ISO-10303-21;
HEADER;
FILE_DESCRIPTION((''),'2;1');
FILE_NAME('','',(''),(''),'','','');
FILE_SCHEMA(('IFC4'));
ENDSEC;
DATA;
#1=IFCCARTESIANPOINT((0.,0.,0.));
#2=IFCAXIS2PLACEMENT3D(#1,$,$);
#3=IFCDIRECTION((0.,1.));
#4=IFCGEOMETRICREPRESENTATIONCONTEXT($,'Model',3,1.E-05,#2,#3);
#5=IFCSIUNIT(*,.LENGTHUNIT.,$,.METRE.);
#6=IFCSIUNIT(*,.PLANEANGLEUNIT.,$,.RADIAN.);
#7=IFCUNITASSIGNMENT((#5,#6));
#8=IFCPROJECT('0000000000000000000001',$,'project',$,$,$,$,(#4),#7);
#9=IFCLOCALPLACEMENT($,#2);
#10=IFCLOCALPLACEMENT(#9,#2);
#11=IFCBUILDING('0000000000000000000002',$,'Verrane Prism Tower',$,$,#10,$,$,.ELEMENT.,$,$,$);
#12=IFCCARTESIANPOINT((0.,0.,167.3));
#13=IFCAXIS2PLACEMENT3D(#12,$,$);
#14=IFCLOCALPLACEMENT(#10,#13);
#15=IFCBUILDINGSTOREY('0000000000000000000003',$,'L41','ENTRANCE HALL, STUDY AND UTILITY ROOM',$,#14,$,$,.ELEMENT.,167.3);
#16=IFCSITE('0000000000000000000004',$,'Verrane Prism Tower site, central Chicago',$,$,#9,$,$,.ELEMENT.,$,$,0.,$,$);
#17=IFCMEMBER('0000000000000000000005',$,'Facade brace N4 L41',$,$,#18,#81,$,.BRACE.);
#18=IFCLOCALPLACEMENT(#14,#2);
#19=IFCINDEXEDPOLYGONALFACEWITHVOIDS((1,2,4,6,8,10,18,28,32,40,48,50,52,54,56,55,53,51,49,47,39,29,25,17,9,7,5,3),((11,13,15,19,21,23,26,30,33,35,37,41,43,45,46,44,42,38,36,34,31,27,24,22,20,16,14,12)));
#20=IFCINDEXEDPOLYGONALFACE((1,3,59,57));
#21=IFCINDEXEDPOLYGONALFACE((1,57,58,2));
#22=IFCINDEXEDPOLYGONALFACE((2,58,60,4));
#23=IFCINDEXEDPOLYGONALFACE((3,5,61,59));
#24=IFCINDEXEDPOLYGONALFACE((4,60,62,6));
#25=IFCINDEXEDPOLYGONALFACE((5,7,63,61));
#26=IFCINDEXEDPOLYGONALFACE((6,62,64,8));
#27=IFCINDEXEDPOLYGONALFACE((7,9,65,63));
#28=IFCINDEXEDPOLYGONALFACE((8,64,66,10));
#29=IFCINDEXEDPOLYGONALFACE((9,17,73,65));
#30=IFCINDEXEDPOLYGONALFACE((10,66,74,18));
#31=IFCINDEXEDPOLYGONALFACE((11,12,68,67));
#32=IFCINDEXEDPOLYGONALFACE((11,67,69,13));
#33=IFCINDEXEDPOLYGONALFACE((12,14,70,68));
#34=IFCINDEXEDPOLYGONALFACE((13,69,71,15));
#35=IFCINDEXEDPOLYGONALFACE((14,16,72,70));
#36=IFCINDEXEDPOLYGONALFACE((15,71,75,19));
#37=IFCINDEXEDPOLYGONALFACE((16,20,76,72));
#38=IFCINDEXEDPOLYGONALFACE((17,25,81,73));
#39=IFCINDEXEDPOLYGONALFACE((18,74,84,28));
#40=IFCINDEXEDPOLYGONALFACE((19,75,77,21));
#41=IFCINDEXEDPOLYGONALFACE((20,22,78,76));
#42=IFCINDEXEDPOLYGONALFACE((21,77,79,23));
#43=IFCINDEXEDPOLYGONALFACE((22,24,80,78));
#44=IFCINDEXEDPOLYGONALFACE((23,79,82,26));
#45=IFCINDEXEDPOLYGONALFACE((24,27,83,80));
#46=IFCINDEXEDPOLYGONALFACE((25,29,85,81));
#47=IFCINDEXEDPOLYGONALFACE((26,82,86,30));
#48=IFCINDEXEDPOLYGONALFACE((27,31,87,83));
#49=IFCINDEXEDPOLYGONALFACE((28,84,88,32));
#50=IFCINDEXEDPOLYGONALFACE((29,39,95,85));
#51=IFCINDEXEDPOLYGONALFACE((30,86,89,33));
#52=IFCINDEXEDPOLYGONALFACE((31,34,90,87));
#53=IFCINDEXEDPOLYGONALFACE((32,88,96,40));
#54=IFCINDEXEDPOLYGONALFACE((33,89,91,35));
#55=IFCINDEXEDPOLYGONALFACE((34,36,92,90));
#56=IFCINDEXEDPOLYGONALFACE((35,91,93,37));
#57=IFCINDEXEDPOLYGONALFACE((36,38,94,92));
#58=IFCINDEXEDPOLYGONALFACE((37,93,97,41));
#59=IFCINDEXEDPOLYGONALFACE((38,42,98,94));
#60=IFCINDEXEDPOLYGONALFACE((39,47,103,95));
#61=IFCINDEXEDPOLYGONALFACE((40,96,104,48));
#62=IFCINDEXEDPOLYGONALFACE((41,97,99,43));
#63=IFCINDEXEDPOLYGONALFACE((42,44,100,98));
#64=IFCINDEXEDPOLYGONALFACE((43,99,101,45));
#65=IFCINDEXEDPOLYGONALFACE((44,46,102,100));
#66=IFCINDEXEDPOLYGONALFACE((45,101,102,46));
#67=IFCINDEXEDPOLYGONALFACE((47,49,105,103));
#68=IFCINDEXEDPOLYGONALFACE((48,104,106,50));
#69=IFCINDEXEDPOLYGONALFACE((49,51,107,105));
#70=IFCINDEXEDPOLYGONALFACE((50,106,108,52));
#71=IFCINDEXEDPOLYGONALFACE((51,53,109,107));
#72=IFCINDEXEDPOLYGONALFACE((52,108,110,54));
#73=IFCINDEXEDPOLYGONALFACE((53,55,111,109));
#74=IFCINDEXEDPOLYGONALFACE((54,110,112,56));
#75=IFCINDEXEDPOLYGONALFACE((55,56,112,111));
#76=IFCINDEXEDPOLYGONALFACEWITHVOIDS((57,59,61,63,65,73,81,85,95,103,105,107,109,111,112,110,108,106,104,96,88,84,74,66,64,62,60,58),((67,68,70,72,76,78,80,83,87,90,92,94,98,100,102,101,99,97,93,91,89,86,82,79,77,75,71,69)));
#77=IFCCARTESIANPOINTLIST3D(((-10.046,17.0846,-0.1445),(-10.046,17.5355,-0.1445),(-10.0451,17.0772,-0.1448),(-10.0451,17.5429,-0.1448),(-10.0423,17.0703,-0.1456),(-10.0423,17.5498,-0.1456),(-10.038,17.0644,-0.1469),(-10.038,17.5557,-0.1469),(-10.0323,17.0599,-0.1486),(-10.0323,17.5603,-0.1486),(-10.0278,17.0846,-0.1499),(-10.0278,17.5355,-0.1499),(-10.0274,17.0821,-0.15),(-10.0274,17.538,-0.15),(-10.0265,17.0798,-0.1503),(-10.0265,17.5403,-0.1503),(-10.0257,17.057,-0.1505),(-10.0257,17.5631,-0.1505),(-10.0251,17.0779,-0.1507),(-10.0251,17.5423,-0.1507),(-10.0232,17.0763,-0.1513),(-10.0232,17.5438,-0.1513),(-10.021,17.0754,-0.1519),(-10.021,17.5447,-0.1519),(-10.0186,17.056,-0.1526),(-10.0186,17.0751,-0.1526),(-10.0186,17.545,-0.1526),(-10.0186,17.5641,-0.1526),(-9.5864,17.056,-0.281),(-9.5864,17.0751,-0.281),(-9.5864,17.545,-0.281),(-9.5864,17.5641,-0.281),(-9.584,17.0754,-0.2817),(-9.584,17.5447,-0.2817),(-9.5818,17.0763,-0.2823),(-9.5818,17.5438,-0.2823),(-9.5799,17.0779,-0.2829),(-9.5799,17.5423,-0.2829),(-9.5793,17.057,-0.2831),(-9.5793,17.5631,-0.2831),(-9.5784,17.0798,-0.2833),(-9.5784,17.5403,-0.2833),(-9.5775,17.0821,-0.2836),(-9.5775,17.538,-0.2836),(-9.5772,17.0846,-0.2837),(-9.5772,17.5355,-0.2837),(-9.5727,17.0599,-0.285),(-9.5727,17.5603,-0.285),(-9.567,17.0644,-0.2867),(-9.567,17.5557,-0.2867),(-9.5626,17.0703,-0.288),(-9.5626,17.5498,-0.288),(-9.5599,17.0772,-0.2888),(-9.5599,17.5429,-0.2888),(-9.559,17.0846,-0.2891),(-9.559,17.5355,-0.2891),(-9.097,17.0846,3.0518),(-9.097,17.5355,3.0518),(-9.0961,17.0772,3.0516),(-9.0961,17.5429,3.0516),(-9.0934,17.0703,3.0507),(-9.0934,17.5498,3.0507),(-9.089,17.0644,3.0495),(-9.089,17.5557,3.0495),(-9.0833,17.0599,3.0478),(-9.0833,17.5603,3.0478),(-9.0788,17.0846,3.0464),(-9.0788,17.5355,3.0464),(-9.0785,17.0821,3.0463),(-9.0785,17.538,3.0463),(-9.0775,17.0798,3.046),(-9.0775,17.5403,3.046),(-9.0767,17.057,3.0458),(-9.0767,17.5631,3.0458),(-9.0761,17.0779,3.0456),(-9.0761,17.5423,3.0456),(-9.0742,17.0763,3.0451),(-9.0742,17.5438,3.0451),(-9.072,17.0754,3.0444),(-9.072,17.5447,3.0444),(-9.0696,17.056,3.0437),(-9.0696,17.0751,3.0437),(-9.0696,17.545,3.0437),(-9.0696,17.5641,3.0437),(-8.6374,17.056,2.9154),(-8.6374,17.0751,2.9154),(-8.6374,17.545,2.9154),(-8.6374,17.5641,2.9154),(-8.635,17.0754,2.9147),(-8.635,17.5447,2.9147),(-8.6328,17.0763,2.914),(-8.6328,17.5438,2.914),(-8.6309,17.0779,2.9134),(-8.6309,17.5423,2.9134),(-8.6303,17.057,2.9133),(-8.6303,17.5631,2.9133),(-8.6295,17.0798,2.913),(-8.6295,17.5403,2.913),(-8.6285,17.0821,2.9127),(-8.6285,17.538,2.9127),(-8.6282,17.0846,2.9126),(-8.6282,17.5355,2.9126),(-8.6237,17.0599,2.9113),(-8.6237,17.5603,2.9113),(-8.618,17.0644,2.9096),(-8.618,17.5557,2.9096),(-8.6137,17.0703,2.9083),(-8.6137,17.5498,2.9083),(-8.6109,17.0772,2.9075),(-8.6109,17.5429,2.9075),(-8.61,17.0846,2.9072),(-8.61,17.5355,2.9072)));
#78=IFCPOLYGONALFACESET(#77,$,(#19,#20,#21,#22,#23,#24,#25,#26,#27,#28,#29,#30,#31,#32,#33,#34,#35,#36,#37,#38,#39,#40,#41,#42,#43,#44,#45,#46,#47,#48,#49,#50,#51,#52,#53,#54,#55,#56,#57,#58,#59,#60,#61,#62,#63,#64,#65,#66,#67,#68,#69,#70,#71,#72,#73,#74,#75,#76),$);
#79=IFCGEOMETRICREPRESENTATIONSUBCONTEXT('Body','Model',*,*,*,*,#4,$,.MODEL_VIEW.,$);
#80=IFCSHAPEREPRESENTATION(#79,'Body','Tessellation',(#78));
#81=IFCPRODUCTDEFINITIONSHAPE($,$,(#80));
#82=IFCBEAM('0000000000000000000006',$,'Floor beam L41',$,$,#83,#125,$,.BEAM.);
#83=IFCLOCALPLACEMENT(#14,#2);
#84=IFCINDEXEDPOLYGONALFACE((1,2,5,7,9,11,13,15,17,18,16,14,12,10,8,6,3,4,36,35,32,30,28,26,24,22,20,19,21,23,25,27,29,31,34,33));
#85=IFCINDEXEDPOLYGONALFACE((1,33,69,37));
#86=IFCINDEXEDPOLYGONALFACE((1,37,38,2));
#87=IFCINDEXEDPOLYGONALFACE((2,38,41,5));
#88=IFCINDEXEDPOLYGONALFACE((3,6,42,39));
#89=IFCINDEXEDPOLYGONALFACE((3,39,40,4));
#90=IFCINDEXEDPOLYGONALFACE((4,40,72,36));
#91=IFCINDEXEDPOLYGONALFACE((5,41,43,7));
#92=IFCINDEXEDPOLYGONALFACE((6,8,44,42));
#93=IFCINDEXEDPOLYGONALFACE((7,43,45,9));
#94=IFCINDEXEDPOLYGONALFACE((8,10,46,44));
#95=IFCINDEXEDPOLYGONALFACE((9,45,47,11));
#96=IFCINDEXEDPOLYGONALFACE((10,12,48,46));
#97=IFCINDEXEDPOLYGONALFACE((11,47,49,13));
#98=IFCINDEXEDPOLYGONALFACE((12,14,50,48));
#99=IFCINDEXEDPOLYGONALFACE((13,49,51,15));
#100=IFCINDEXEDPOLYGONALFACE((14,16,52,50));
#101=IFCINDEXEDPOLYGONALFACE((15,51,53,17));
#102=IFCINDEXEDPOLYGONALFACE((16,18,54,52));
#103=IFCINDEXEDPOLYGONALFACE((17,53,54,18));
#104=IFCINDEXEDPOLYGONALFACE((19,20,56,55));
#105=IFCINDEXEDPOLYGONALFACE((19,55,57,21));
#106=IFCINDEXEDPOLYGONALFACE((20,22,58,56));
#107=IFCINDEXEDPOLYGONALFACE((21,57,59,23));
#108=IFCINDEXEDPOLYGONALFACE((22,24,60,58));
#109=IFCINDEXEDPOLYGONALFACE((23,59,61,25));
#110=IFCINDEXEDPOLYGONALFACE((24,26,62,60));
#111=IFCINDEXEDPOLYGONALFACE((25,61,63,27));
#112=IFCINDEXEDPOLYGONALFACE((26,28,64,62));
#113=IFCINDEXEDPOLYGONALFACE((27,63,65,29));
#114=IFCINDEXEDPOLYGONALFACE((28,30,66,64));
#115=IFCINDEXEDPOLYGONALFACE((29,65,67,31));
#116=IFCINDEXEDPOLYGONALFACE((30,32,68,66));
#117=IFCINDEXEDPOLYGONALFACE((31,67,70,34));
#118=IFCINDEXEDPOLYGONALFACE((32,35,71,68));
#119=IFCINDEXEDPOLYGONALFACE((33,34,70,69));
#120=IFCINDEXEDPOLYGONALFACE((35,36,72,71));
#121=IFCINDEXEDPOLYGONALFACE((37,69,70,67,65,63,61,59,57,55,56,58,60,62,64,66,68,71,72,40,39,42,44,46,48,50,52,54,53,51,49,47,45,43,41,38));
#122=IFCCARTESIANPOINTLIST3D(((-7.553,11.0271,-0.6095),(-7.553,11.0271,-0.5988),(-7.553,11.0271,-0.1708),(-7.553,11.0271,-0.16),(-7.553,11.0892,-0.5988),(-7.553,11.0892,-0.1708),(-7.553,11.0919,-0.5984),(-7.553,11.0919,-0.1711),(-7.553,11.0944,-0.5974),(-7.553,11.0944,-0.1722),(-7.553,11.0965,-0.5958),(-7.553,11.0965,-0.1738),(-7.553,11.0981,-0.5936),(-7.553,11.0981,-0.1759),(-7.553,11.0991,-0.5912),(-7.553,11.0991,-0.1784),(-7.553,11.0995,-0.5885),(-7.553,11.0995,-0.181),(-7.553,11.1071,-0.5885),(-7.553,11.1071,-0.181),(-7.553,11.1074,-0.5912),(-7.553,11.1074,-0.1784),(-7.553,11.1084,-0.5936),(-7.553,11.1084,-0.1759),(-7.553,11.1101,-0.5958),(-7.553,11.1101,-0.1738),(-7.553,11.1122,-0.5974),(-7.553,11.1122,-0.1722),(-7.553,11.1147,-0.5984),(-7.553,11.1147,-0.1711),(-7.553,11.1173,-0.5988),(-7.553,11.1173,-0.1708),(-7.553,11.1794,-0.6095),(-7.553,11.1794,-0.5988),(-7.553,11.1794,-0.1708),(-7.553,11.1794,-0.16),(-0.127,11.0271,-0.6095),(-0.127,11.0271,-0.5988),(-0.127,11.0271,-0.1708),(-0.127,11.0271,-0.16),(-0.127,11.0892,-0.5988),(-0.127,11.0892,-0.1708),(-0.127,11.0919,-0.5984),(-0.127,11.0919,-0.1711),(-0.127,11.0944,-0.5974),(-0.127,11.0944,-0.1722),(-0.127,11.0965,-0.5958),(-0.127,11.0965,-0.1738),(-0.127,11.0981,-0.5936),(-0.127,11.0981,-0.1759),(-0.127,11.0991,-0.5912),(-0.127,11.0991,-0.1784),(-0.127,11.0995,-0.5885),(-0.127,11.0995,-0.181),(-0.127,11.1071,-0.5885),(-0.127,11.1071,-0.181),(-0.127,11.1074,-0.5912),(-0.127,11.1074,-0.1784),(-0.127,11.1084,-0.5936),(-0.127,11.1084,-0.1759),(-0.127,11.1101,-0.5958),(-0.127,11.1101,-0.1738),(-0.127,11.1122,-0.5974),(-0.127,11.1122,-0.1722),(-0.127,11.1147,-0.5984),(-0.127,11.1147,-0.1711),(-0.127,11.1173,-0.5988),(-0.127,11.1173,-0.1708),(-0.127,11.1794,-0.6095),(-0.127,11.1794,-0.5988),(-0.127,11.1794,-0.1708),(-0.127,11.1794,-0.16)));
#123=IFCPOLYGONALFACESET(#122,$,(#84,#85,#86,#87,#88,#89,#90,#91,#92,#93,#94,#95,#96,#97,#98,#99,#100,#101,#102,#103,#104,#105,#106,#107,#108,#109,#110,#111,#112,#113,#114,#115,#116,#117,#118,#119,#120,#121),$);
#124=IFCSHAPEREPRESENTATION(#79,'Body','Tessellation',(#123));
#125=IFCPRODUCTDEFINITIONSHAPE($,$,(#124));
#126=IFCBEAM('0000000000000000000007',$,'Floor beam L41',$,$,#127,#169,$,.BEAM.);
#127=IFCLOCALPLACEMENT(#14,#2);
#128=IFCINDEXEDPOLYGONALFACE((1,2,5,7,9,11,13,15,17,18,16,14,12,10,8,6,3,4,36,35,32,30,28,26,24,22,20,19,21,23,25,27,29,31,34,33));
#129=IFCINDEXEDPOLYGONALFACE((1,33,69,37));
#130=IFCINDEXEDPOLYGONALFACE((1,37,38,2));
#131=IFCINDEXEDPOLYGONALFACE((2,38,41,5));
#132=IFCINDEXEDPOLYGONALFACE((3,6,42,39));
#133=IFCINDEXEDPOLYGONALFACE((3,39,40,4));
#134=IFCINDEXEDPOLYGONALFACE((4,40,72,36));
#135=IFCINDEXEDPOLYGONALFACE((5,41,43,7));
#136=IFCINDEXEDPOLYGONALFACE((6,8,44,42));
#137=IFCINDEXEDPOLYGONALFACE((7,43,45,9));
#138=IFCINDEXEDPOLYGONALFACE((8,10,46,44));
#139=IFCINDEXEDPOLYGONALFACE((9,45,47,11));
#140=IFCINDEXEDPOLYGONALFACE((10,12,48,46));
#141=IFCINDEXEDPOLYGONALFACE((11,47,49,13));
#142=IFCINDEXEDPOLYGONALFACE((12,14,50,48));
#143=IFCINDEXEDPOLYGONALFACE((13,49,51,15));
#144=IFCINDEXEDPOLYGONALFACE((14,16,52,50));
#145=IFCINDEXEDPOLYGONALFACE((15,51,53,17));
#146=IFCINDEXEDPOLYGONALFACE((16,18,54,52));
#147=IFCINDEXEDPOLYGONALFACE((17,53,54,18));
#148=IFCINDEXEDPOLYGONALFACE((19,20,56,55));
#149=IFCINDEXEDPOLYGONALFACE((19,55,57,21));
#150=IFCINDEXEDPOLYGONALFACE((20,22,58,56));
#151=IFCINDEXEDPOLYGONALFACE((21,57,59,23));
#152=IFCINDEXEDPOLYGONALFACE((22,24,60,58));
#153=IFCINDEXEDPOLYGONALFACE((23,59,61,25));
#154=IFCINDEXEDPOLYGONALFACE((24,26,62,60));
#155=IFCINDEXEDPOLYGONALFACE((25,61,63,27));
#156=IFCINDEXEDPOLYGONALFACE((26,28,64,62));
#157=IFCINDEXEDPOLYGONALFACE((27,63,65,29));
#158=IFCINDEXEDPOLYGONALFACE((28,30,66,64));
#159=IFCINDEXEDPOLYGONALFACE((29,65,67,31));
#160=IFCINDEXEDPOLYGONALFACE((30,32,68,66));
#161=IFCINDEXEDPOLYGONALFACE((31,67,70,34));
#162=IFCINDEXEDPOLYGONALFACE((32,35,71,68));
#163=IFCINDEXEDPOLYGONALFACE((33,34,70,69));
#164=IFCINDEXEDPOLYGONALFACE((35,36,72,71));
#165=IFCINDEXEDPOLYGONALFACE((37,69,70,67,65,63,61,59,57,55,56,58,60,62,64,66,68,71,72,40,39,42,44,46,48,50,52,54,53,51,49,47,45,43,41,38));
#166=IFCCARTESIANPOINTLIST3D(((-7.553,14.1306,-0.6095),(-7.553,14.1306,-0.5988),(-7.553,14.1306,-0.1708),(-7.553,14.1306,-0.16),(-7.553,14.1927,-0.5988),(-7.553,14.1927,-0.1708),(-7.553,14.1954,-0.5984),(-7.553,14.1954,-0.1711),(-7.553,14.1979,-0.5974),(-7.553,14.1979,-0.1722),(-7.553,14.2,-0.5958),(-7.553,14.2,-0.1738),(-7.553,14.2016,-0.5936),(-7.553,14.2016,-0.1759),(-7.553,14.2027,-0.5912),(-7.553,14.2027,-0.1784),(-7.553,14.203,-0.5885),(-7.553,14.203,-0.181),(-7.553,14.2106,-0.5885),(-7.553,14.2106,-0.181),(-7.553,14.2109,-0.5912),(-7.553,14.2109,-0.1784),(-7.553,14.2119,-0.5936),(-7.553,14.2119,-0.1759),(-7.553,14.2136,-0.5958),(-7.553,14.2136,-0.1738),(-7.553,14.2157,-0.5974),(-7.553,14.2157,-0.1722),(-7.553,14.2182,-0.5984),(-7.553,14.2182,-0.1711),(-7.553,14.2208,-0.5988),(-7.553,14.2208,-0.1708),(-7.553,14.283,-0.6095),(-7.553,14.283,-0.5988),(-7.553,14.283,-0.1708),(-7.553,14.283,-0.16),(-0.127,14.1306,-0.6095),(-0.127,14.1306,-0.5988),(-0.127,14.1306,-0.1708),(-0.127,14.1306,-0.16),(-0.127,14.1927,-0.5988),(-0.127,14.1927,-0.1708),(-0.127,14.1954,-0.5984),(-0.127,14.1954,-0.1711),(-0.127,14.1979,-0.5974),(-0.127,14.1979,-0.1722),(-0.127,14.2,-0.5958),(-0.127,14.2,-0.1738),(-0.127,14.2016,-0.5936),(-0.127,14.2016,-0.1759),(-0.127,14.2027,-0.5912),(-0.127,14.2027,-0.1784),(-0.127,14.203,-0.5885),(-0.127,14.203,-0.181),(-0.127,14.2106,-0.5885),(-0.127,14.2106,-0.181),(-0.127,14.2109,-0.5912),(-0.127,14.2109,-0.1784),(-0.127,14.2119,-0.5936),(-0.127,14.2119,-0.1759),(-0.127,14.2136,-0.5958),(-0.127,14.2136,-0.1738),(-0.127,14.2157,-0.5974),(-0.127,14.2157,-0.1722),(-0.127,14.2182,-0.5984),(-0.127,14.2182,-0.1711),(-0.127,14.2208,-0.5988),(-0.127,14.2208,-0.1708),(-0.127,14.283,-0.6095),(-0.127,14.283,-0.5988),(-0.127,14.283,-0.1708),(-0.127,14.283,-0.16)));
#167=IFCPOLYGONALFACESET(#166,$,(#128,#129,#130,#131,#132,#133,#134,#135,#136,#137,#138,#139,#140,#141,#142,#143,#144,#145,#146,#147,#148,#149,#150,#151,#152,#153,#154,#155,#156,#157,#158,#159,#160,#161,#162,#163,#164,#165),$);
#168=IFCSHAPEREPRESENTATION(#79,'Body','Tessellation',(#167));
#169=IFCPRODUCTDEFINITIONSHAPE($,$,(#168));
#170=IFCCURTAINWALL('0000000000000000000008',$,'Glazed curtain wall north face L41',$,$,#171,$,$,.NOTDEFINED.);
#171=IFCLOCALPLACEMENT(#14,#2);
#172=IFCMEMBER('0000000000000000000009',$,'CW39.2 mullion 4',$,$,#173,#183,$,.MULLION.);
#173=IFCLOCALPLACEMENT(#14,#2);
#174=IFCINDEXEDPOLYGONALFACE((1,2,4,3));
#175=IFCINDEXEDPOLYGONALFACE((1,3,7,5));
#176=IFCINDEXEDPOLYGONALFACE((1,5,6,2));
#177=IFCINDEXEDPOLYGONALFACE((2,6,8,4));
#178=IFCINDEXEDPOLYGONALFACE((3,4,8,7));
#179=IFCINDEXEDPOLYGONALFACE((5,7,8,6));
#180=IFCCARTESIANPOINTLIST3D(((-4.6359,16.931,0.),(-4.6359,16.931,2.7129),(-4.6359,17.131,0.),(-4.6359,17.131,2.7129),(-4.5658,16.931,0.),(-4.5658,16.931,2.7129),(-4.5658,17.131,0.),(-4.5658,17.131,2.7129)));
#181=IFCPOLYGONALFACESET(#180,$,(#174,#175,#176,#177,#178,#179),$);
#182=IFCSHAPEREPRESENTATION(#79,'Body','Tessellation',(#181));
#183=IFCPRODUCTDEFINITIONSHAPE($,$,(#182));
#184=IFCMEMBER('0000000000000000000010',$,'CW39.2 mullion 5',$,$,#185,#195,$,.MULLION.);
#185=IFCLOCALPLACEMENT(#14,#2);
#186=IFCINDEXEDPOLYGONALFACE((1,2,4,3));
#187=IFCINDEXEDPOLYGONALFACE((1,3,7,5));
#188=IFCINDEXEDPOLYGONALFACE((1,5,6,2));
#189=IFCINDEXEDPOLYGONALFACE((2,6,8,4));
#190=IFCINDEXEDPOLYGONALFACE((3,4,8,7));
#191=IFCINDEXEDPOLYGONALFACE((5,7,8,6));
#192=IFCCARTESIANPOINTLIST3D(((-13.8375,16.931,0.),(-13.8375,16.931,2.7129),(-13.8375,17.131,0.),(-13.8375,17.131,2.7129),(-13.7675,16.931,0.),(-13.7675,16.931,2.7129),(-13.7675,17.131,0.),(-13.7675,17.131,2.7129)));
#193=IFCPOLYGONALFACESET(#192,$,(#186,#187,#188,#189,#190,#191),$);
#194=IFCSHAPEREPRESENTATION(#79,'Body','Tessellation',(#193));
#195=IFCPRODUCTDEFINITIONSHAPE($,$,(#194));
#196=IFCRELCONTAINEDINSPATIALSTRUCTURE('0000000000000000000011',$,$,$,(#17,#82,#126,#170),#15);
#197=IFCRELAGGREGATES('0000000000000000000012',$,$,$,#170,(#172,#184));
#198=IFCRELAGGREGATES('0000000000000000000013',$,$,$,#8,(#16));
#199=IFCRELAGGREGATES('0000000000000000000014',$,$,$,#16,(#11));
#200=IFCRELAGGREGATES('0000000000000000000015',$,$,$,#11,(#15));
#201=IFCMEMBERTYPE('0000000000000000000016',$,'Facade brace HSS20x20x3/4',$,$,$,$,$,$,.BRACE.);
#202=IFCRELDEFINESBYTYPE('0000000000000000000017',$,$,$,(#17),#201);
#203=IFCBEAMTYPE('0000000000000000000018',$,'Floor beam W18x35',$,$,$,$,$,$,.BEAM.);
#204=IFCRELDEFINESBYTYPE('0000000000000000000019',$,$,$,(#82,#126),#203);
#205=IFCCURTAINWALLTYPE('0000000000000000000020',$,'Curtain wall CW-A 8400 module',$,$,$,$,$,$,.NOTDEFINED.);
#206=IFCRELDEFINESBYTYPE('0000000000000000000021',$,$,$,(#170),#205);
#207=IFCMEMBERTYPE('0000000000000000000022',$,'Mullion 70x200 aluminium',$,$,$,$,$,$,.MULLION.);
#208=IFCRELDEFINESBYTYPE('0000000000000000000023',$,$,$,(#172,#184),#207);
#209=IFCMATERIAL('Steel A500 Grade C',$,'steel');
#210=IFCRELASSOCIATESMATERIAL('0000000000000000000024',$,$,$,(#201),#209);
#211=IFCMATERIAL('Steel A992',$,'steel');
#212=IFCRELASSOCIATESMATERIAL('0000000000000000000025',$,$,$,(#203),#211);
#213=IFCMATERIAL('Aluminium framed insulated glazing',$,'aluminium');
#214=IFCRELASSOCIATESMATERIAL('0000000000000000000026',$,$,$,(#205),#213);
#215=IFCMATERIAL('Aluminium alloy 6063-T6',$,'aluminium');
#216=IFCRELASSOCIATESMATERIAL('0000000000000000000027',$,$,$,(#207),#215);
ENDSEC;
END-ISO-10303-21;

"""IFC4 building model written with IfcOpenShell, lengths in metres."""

from ifc_helpers import new_model, si_unit, direction, frame, origin, origin_2d, place, context, subcontext, project, spatial, rectangle, hollow_rectangle, i_section, extrude, material, material_profile, profile_set, type_object, element, aggregate, save


model = new_model("IFC4")

# Units and contexts
model_context = context("Model", 3, precision=1e-05, world=origin(), true_north=direction((0.0, 1.0)))
body_context = subcontext(model_context, "Body", "Model", "MODEL_VIEW")
ifc_project = project(units=[si_unit("LENGTHUNIT", "METRE"), si_unit("PLANEANGLEUNIT", "RADIAN")], contexts=[model_context])

# Site, building, storey
site_placement = place(None, origin())
site = spatial("IfcSite", under=ifc_project, at=site_placement, Name="Verrane Prism Tower site, central Chicago", CompositionType="ELEMENT", RefElevation=0.0)
building_placement = place(site_placement, origin())
building = spatial("IfcBuilding", under=site, at=building_placement, Name="Verrane Prism Tower", CompositionType="ELEMENT")
storey_placement = place(building_placement, frame((0.0, 0.0, 167.3)))
storey = spatial("IfcBuildingStorey", under=building, at=storey_placement, Name="L41", Description="ENTRANCE HALL, STUDY AND UTILITY ROOM", CompositionType="ELEMENT", Elevation=167.3)

# Member
ifc_material_1 = material(Name="Steel A500 Grade C", Category="steel")
ifc_material_profile_1 = material_profile(ifc_material_1, hollow_rectangle(XDim=0.5081, YDim=0.5081, WallThickness=0.019, InnerFilletRadius=0.0095, OuterFilletRadius=0.0286, at=origin_2d()), Name="HSS20x20x3/4")
ifc_profile_set_1 = profile_set([ifc_material_profile_1], Name="Steel A500 Grade C")
member_type_1 = type_object("IfcMemberType", Name="Facade brace HSS20x20x3/4", PredefinedType="BRACE", material=ifc_profile_set_1)
member_1_placement = place(storey_placement, frame((-9.8025, 17.3101, -0.2168), z_axis=(0.284619, 0.0, 0.958641), x_axis=(0.0, 1.0, 0.0)))
element("IfcMember", 1, at=member_1_placement, inside=storey, type_object=member_type_1, Name="Facade brace N4 L41", PredefinedType="BRACE", context=body_context, shape_type="SweptSolid", body=[
    extrude(hollow_rectangle(XDim=0.5081, YDim=0.5081, WallThickness=0.019, InnerFilletRadius=0.0095, OuterFilletRadius=0.0286, at=origin_2d()), origin(), (0.0, 0.0, 1.0), 3.3342),
])

# Beams
ifc_material_2 = material(Name="Steel A992", Category="steel")
ifc_material_profile_2 = material_profile(ifc_material_2, i_section(OverallWidth=0.1523, OverallDepth=0.4495, WebThickness=0.0076, FlangeThickness=0.0107, FilletRadius=0.0103, at=origin_2d()), Name="W18x35")
ifc_profile_set_2 = profile_set([ifc_material_profile_2], Name="Steel A992")
beam_type_1 = type_object("IfcBeamType", Name="Floor beam W18x35", PredefinedType="BEAM", material=ifc_profile_set_2)
for number, where, z_axis, x_axis, name in (
    (2, (-7.553, 11.1033, -0.3848), (1.0, 0.0, 0.0), (0.0, 1.0, 0.0), "Floor beam L41"),
    (3, (-7.553, 14.2068, -0.3848), (1.0, 0.0, 0.0), (0.0, 1.0, 0.0), "Floor beam L41"),
):
    element("IfcBeam", number, at=place(storey_placement, frame(where, z_axis=z_axis, x_axis=x_axis)), inside=storey, type_object=beam_type_1, Name=name, PredefinedType="BEAM", context=body_context, shape_type="SweptSolid", body=[
        extrude(i_section(OverallWidth=0.1523, OverallDepth=0.4495, WebThickness=0.0076, FlangeThickness=0.0107, FilletRadius=0.0103, at=origin_2d()), origin(), (0.0, 0.0, 1.0), 7.426),
    ])

# Curtain wall, members
ifc_material_3 = material(Name="Aluminium framed insulated glazing", Category="aluminium")
curtain_wall_type = type_object("IfcCurtainWallType", Name="Curtain wall CW-A 8400 module", PredefinedType="NOTDEFINED", material=ifc_material_3)
curtain_wall_placement = place(storey_placement, origin())
curtain_wall = element("IfcCurtainWall", 4, at=curtain_wall_placement, inside=storey, type_object=curtain_wall_type, Name="Glazed curtain wall north face L41", PredefinedType="NOTDEFINED")
ifc_material_4 = material(Name="Aluminium alloy 6063-T6", Category="aluminium")
ifc_material_profile_3 = material_profile(ifc_material_4, rectangle(XDim=0.2, YDim=0.0701, at=origin_2d()), Name="Mullion 70x200 aluminium")
ifc_profile_set_3 = profile_set([ifc_material_profile_3], Name="Aluminium alloy 6063-T6")
member_type_2 = type_object("IfcMemberType", Name="Mullion 70x200 aluminium", PredefinedType="MULLION", material=ifc_profile_set_3)
member_2_placement = place(storey_placement, frame((-4.6008, 17.031, 0.0), z_axis=(0.0, 0.0, 1.0), x_axis=(0.0, -1.0, 0.0)))
member_2 = element("IfcMember", 5, at=member_2_placement, type_object=member_type_2, Name="CW39.2 mullion 4", PredefinedType="MULLION", context=body_context, shape_type="SweptSolid", body=[
    extrude(rectangle(XDim=0.2, YDim=0.0701, at=origin_2d()), origin(), (0.0, 0.0, 1.0), 2.7129),
])
member_3_placement = place(storey_placement, frame((-13.8025, 17.031, 0.0), z_axis=(0.0, 0.0, 1.0), x_axis=(0.0, -1.0, 0.0)))
member_3 = element("IfcMember", 6, at=member_3_placement, type_object=member_type_2, Name="CW39.2 mullion 5", PredefinedType="MULLION", context=body_context, shape_type="SweptSolid", body=[
    extrude(rectangle(XDim=0.2, YDim=0.0701, at=origin_2d()), origin(), (0.0, 0.0, 1.0), 2.7129),
])

aggregate(curtain_wall, [member_2, member_3])

save(model, "model.ifc")
